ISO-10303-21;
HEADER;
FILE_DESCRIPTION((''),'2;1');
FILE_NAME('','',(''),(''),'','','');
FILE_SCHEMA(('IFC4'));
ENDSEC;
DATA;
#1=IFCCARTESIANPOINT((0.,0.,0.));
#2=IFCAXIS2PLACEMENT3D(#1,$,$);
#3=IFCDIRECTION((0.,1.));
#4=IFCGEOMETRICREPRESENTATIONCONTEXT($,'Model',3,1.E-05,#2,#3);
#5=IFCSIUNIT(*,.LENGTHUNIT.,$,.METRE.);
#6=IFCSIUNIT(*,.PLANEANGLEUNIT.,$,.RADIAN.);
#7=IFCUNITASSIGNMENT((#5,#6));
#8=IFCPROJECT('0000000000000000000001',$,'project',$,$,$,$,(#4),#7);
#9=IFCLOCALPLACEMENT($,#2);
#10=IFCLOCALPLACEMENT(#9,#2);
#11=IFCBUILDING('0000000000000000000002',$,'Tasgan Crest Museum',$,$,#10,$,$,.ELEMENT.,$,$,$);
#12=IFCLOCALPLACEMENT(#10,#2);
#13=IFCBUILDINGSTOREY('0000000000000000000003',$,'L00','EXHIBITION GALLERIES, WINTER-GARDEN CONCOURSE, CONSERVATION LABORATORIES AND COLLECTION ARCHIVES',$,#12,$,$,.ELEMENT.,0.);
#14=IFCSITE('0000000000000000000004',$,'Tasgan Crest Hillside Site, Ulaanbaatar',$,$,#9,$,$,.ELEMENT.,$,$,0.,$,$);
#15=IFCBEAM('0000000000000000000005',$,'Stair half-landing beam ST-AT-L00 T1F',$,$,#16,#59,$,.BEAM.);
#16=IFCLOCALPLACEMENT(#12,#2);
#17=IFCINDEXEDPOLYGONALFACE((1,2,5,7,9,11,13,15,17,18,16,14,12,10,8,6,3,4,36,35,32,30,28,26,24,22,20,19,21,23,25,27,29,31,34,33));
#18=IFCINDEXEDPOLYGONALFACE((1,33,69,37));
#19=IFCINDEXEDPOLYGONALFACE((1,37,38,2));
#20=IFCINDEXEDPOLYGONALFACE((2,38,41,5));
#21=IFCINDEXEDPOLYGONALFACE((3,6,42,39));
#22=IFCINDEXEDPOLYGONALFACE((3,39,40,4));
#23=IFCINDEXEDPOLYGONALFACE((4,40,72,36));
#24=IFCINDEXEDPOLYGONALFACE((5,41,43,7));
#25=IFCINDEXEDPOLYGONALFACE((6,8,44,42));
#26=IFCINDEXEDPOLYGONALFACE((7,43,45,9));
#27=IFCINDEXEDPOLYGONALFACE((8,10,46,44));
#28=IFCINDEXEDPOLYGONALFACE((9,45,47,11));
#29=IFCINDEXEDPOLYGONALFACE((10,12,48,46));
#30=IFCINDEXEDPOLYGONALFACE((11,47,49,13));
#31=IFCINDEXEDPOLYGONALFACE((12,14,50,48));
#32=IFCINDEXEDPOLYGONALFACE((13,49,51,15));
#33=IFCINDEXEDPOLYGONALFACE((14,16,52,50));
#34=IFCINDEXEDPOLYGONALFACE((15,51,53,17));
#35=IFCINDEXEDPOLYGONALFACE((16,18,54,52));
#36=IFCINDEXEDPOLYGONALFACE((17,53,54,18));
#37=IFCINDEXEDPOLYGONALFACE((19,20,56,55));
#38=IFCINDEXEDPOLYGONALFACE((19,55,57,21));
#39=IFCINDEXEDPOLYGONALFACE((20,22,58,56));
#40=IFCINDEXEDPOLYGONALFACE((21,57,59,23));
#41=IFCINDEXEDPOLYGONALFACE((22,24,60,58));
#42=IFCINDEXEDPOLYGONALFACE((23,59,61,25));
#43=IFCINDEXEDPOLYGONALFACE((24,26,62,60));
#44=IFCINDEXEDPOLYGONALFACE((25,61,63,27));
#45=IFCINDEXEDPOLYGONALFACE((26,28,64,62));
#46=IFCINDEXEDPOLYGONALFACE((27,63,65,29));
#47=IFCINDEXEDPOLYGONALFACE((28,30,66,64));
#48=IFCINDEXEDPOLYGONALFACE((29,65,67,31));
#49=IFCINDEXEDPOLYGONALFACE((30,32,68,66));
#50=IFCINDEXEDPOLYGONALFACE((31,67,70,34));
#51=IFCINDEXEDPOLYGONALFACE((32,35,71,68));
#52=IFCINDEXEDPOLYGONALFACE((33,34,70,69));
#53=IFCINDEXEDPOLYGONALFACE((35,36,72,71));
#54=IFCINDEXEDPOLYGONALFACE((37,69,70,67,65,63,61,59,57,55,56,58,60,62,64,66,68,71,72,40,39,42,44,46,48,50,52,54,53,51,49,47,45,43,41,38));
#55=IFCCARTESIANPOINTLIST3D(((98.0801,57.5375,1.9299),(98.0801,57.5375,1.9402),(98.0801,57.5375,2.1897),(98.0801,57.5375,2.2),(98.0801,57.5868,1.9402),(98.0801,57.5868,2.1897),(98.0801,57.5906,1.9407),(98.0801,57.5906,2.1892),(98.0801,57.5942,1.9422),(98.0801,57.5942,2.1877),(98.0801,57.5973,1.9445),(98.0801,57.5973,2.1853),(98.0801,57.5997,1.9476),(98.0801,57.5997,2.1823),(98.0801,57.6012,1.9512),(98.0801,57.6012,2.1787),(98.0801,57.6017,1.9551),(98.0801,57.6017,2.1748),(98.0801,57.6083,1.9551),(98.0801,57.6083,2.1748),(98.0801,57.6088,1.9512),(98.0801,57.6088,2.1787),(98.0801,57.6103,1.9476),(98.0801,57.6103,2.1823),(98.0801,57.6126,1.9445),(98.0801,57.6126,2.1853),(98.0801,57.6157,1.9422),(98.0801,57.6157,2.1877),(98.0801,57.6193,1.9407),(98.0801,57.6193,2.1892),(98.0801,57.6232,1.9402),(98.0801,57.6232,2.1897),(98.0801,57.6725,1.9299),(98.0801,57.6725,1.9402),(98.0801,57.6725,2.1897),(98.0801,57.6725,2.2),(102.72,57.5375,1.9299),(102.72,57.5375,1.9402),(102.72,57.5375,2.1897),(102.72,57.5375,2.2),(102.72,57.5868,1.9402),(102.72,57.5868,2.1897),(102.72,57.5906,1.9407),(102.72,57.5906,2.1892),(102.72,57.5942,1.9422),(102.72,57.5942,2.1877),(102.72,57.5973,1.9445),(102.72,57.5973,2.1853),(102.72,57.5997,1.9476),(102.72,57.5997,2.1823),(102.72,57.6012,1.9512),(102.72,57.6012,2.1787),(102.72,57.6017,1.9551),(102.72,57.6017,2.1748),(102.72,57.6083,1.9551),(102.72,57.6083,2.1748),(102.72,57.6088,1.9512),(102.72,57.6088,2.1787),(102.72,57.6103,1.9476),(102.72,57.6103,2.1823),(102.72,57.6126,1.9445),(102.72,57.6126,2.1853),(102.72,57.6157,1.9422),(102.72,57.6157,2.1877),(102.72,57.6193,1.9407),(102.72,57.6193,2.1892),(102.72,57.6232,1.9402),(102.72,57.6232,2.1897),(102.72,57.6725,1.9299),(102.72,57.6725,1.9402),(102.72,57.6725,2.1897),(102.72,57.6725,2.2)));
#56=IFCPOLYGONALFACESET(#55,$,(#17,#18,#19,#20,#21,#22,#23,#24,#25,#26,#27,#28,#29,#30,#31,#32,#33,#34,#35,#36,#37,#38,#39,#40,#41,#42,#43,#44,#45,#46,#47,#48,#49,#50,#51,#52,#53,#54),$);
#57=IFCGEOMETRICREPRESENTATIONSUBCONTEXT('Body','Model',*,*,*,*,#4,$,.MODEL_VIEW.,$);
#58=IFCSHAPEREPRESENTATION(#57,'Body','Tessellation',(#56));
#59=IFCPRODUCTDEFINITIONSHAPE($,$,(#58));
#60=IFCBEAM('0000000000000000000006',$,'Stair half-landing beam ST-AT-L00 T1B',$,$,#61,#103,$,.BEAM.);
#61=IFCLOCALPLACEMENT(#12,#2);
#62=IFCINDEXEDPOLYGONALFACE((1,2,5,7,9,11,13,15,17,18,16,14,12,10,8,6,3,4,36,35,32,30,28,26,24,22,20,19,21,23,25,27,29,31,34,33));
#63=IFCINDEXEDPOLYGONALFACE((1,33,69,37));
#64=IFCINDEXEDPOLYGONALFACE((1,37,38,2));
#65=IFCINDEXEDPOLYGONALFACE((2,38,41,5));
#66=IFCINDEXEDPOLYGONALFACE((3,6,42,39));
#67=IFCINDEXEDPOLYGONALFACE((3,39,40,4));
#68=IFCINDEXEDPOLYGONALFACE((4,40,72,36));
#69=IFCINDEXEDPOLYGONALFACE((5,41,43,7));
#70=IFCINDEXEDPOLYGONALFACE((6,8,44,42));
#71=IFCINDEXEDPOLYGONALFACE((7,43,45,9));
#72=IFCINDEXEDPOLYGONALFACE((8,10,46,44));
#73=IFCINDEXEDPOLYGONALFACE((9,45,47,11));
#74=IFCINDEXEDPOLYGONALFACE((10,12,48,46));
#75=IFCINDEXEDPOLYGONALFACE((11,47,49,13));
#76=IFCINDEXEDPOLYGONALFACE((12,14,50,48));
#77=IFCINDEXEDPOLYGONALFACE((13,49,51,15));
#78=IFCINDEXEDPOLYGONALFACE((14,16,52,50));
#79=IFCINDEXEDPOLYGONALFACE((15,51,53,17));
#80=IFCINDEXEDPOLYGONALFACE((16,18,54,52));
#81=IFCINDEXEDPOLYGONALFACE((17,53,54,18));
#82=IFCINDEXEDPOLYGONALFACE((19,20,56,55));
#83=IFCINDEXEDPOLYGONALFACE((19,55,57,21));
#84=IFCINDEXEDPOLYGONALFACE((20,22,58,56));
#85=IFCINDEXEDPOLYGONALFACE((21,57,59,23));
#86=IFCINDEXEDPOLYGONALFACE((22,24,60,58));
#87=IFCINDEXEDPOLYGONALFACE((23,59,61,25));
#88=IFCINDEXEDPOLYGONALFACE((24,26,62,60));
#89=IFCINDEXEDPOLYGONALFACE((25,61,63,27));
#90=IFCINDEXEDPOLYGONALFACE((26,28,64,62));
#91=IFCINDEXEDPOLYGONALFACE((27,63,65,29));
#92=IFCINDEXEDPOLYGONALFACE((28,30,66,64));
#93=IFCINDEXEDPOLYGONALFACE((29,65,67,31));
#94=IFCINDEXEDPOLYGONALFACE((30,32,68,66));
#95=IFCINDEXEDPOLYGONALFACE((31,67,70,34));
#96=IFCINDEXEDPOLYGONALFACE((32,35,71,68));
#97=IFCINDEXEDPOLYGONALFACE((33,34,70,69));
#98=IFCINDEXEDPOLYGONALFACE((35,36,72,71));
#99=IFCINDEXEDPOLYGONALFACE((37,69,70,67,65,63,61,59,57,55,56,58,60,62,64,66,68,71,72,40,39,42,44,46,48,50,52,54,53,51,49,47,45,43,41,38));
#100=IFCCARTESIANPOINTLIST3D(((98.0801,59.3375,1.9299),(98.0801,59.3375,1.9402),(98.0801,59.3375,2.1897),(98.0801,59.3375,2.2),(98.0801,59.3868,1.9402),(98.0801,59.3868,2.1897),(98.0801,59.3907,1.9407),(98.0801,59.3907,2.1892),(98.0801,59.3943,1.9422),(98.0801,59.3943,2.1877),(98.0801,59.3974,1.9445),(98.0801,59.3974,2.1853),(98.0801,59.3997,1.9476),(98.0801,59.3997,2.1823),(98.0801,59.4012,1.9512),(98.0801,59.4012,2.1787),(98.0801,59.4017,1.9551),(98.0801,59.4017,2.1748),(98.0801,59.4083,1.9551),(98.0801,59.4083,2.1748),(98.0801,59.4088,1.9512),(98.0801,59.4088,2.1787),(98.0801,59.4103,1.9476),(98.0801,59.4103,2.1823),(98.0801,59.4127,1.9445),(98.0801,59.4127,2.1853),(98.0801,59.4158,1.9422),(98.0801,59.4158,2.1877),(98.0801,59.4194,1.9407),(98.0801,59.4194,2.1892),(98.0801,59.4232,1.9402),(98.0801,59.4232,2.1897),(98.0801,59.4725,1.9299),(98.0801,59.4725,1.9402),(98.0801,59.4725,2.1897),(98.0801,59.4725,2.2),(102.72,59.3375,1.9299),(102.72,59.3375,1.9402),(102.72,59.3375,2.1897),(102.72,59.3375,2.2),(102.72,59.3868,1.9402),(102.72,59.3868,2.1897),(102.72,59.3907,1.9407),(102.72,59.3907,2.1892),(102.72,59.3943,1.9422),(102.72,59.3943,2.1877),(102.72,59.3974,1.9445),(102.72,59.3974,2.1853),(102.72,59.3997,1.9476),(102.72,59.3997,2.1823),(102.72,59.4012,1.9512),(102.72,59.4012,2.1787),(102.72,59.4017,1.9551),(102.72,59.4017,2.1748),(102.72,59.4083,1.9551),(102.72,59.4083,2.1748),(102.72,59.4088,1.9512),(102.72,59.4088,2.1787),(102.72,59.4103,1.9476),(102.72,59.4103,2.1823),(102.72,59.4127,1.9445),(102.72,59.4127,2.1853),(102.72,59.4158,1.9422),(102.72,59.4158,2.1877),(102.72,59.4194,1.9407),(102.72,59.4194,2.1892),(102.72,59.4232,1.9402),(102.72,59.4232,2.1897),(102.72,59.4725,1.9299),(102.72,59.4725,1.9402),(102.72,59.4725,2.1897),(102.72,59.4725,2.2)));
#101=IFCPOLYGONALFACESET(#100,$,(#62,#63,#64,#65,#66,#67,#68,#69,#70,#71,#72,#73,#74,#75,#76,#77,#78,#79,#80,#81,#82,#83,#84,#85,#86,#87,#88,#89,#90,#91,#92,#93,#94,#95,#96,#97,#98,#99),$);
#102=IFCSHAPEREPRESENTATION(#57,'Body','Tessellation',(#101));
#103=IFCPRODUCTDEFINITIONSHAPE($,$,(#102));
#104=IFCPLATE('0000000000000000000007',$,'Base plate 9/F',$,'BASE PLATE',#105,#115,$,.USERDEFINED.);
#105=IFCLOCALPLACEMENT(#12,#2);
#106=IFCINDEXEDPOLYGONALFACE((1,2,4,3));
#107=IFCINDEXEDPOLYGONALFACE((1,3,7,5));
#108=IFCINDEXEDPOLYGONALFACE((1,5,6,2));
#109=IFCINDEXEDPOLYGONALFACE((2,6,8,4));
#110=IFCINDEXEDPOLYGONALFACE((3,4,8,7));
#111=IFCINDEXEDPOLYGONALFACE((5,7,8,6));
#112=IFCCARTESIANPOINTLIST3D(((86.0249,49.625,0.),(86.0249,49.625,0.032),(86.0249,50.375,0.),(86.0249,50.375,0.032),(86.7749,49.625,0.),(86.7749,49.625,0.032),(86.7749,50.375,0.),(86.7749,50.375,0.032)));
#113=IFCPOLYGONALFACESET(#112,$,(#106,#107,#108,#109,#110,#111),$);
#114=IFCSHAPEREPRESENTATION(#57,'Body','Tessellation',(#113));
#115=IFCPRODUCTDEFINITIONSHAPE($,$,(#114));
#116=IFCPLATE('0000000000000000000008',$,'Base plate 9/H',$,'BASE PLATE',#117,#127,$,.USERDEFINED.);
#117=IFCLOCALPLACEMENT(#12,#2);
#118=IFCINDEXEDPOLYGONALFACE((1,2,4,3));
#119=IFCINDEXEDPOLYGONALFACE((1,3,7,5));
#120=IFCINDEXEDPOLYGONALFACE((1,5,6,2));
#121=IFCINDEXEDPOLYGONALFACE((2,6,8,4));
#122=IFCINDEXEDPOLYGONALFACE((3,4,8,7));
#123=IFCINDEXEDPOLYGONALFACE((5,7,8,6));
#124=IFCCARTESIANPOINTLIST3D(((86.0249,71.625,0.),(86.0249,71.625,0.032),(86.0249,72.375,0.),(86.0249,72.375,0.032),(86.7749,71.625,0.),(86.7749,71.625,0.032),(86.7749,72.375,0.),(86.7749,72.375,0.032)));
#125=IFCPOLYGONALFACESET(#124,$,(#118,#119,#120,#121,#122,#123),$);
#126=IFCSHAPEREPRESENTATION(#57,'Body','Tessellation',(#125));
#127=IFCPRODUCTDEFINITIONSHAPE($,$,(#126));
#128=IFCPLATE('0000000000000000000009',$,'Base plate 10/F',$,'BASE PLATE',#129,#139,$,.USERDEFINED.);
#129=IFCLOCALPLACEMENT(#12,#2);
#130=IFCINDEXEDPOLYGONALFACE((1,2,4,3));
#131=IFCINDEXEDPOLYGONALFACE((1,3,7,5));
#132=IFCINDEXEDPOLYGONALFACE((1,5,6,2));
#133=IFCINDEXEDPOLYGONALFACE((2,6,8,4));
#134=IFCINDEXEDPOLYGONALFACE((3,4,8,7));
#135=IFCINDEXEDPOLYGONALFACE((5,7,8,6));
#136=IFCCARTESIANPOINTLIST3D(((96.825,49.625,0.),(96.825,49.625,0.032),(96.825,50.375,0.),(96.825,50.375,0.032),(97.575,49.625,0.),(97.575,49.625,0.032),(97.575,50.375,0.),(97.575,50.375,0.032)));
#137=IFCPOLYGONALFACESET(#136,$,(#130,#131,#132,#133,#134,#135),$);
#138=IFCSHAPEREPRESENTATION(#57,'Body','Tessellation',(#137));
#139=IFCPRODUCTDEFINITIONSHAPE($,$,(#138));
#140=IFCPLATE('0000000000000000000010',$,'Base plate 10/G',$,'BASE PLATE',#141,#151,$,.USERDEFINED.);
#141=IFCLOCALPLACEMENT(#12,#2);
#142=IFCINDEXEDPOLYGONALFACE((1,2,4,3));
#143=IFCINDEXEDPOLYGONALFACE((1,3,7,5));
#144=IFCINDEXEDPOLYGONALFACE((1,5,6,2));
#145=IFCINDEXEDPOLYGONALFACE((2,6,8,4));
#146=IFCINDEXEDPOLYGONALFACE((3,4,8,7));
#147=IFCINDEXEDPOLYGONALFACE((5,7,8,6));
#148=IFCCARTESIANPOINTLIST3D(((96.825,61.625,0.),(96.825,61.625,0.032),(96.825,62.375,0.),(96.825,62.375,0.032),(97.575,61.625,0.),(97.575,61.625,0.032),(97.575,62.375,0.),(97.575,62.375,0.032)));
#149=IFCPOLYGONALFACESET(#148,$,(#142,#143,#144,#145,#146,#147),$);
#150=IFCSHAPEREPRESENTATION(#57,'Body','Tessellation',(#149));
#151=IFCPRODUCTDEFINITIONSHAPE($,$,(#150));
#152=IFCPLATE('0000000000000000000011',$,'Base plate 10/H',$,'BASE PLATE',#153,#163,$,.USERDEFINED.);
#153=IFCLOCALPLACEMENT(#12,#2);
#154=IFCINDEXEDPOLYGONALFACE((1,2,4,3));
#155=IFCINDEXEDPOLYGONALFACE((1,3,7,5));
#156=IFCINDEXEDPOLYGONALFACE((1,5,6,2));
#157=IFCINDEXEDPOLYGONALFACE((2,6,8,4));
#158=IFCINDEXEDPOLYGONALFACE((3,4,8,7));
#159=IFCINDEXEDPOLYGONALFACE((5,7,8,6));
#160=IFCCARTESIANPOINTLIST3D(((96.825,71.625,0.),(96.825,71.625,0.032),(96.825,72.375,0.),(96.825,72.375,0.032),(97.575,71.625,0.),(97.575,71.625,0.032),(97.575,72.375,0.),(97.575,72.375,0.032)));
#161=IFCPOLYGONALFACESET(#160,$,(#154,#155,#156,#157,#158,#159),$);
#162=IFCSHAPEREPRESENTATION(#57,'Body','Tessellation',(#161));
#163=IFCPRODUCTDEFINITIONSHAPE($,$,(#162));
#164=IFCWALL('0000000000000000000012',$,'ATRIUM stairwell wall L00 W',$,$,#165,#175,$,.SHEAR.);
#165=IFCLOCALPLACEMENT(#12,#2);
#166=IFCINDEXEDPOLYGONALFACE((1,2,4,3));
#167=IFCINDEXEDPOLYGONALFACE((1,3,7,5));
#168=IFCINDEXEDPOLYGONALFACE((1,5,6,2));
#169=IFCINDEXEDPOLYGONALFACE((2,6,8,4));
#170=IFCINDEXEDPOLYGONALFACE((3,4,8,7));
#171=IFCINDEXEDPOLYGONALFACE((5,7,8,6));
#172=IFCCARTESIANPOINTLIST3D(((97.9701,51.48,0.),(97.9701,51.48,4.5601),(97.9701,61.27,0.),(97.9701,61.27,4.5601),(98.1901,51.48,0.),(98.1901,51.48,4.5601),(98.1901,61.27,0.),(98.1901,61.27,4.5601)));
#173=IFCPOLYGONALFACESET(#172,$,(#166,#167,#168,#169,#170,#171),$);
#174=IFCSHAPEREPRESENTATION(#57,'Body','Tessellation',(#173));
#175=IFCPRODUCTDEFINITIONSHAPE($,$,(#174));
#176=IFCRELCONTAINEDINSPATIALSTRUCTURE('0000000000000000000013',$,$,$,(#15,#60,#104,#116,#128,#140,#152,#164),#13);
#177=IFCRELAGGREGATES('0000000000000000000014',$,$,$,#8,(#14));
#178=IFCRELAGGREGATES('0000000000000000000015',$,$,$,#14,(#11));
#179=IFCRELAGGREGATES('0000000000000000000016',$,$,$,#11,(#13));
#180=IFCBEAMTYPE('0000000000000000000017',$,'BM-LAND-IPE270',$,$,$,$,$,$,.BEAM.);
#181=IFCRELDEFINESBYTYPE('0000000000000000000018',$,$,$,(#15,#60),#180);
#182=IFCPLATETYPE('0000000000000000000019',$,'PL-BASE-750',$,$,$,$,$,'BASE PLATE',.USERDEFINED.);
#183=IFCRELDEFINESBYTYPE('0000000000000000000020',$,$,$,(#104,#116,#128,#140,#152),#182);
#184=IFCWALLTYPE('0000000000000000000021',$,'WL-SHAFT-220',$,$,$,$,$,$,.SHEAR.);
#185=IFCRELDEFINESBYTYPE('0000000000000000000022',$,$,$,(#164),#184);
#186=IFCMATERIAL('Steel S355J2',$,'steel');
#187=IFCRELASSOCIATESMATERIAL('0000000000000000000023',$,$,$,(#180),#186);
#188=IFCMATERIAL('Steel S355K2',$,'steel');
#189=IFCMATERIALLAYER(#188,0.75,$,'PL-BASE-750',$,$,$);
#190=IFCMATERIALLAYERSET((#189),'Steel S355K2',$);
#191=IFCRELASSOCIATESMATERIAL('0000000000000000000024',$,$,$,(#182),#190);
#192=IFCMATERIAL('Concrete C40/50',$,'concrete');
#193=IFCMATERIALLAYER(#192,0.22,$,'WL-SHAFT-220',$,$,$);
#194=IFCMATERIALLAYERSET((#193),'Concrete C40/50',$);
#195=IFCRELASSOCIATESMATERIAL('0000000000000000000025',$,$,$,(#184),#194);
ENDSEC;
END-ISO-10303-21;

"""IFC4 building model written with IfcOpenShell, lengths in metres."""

from ifc_helpers import new_model, si_unit, direction, frame, frame_2d, origin, origin_2d, place, context, subcontext, project, spatial, rectangle, i_section, extrude, material, layer, layer_set, material_profile, profile_set, type_object, element, save


model = new_model("IFC4")

# Units and contexts
model_context = context("Model", 3, precision=1e-05, world=origin(), true_north=direction((0.0, 1.0)))
body_context = subcontext(model_context, "Body", "Model", "MODEL_VIEW")
ifc_project = project(units=[si_unit("LENGTHUNIT", "METRE"), si_unit("PLANEANGLEUNIT", "RADIAN")], contexts=[model_context])

# Site, building, storey
site_placement = place(None, origin())
site = spatial("IfcSite", under=ifc_project, at=site_placement, Name="Tasgan Crest Hillside Site, Ulaanbaatar", CompositionType="ELEMENT", RefElevation=0.0)
building_placement = place(site_placement, origin())
building = spatial("IfcBuilding", under=site, at=building_placement, Name="Tasgan Crest Museum", CompositionType="ELEMENT")
storey_placement = place(building_placement, origin())
storey = spatial("IfcBuildingStorey", under=building, at=storey_placement, Name="L00", Description="EXHIBITION GALLERIES, WINTER-GARDEN CONCOURSE, CONSERVATION LABORATORIES AND COLLECTION ARCHIVES", CompositionType="ELEMENT", Elevation=0.0)

# Beams
ifc_material_1 = material(Name="Steel S355J2", Category="steel")
ifc_material_profile_1 = material_profile(ifc_material_1, i_section(OverallWidth=0.135, OverallDepth=0.27, WebThickness=0.0066, FlangeThickness=0.0103, FilletRadius=0.0149, at=origin_2d()), Name="IPE 270")
ifc_profile_set_1 = profile_set([ifc_material_profile_1], Name="Steel S355J2")
beam_type = type_object("IfcBeamType", Name="BM-LAND-IPE270", PredefinedType="BEAM", material=ifc_profile_set_1)
for number, where, z_axis, x_axis, name in (
    (1, (98.0801, 57.605, 2.0649), (1.0, 0.0, 0.0), (0.0, 1.0, 0.0), "Stair half-landing beam ST-AT-L00 T1F"),
    (2, (98.0801, 59.405, 2.0649), (1.0, 0.0, 0.0), (0.0, 1.0, 0.0), "Stair half-landing beam ST-AT-L00 T1B"),
):
    element("IfcBeam", number, at=place(storey_placement, frame(where, z_axis=z_axis, x_axis=x_axis)), inside=storey, type_object=beam_type, Name=name, PredefinedType="BEAM", context=body_context, shape_type="SweptSolid", body=[
        extrude(i_section(OverallWidth=0.135, OverallDepth=0.27, WebThickness=0.0066, FlangeThickness=0.0103, FilletRadius=0.0149, at=origin_2d()), origin(), (0.0, 0.0, 1.0), 4.6399),
    ])

# Plates
ifc_material_2 = material(Name="Steel S355K2", Category="steel")
ifc_layer_1 = layer(ifc_material_2, 0.75, Name="PL-BASE-750")
ifc_layer_set_1 = layer_set([ifc_layer_1], Name="Steel S355K2")
plate_type = type_object("IfcPlateType", Name="PL-BASE-750", ElementType="BASE PLATE", PredefinedType="USERDEFINED", material=ifc_layer_set_1)
for number, where, z_axis, x_axis, name in (
    (3, (86.3999, 50.0, 0.0), (0.0, 0.0, 1.0), (1.0, 0.0, 0.0), "Base plate 9/F"),
    (4, (86.3999, 72.0, 0.0), (0.0, 0.0, 1.0), (1.0, 0.0, 0.0), "Base plate 9/H"),
    (5, (97.2, 50.0, 0.0), (0.0, 0.0, 1.0), (1.0, 0.0, 0.0), "Base plate 10/F"),
    (6, (97.2, 62.0, 0.0), (0.0, 0.0, 1.0), (1.0, 0.0, 0.0), "Base plate 10/G"),
    (7, (97.2, 72.0, 0.0), (0.0, 0.0, 1.0), (1.0, 0.0, 0.0), "Base plate 10/H"),
):
    element("IfcPlate", number, at=place(storey_placement, frame(where, z_axis=z_axis, x_axis=x_axis)), inside=storey, type_object=plate_type, Name=name, ObjectType="BASE PLATE", PredefinedType="USERDEFINED", context=body_context, shape_type="SweptSolid", body=[
        extrude(rectangle(XDim=0.75, YDim=0.75, at=origin_2d()), origin(), (0.0, 0.0, 1.0), 0.032),
    ])

# Wall
ifc_material_3 = material(Name="Concrete C40/50", Category="concrete")
ifc_layer_2 = layer(ifc_material_3, 0.22, Name="WL-SHAFT-220")
ifc_layer_set_2 = layer_set([ifc_layer_2], Name="Concrete C40/50")
wall_type = type_object("IfcWallType", Name="WL-SHAFT-220", PredefinedType="SHEAR", material=ifc_layer_set_2)
wall_placement = place(storey_placement, frame((98.0801, 51.48, 0.0), z_axis=(0.0, 0.0, 1.0), x_axis=(0.0, 1.0, 0.0)))
element("IfcWall", 8, at=wall_placement, inside=storey, type_object=wall_type, Name="ATRIUM stairwell wall L00 W", PredefinedType="SHEAR", context=body_context, shape_type="SweptSolid", body=[
    extrude(rectangle(XDim=9.79, YDim=0.22, at=frame_2d((4.895, 0.0))), origin(), (0.0, 0.0, 1.0), 4.5601),
])

save(model, "model.ifc")
